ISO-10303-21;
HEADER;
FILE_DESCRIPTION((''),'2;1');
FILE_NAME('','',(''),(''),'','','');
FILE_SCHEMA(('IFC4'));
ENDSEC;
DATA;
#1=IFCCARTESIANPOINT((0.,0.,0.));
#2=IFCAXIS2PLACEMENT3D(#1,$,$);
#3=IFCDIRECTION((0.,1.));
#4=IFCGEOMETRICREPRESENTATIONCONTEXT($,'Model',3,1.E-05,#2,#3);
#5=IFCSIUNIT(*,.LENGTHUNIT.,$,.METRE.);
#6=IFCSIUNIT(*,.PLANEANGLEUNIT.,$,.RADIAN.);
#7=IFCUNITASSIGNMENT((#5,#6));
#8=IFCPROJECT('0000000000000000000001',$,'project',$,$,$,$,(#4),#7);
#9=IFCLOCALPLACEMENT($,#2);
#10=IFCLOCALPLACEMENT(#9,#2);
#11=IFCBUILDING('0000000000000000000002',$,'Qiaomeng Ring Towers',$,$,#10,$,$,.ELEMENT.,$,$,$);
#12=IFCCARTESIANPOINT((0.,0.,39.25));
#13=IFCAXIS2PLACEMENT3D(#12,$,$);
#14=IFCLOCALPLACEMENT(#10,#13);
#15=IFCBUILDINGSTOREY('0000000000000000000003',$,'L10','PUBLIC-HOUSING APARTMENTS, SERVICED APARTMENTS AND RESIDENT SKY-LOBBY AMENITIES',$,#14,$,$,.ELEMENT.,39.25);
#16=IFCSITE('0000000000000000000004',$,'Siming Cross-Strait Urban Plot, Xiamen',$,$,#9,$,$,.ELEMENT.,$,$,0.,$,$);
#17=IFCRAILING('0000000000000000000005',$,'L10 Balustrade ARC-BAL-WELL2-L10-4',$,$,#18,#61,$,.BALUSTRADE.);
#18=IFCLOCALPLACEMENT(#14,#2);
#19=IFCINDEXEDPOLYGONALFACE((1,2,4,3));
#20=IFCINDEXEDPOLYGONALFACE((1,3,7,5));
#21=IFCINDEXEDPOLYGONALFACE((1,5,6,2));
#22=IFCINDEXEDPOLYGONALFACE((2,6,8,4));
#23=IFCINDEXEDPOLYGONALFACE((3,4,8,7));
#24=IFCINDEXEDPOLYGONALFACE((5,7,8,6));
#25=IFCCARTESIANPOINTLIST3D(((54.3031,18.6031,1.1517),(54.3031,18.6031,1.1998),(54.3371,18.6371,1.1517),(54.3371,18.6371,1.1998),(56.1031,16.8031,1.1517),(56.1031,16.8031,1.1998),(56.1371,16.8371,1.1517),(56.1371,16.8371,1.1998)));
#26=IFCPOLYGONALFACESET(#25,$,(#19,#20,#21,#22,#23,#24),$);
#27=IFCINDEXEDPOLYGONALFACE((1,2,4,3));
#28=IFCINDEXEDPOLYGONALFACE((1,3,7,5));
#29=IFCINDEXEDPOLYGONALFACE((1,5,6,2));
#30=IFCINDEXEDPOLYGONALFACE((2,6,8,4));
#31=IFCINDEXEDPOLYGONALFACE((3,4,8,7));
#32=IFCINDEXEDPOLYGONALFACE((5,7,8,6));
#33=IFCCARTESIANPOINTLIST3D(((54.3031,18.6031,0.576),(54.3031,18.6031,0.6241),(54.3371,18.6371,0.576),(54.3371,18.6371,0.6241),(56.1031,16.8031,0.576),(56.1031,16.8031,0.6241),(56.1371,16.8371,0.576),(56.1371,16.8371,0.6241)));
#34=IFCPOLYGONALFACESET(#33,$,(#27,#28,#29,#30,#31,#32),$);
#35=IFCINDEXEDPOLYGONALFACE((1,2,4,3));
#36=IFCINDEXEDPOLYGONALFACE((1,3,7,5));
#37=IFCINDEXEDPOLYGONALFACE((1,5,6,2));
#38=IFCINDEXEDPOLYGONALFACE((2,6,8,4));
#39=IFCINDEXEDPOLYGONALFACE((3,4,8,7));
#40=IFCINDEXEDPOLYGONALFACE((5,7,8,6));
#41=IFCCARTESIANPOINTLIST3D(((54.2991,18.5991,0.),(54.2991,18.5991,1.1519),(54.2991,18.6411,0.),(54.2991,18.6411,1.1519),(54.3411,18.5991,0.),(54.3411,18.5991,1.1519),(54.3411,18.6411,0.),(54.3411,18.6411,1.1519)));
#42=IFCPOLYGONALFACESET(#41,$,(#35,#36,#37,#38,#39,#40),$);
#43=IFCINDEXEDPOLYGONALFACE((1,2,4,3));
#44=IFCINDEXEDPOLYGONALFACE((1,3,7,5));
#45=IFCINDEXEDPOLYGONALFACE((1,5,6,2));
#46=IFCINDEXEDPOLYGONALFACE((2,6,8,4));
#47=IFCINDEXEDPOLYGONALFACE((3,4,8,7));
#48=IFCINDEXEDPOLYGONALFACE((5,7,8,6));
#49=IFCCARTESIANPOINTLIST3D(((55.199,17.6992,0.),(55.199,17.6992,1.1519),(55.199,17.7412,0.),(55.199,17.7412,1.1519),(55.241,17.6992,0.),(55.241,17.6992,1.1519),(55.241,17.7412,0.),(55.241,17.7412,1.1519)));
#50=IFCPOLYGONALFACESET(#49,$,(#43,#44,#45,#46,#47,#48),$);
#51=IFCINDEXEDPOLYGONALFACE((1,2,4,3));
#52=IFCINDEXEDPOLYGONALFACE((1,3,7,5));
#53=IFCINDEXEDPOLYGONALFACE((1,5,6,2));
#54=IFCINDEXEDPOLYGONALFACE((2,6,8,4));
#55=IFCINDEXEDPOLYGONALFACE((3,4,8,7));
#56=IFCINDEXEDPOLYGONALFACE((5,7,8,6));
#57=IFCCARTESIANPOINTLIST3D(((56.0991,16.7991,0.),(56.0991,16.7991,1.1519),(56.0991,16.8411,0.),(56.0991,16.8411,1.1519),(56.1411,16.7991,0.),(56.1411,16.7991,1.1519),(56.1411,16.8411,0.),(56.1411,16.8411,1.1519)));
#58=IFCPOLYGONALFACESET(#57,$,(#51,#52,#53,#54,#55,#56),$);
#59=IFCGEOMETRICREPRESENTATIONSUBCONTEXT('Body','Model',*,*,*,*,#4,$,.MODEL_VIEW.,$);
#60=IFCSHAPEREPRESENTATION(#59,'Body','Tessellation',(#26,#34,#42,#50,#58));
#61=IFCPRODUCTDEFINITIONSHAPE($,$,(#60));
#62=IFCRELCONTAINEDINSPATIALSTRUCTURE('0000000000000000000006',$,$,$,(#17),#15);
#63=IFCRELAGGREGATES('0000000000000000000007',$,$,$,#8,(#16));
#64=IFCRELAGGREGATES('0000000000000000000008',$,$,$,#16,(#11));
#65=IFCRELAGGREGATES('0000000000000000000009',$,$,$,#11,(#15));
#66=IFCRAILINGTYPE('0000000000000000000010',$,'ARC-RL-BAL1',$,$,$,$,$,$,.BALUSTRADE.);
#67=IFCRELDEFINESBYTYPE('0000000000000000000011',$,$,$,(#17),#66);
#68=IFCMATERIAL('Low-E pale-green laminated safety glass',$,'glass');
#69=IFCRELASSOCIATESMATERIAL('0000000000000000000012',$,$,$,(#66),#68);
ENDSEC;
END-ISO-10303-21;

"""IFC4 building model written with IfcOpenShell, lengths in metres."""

from ifc_helpers import new_model, si_unit, direction, frame, origin, origin_2d, place, context, subcontext, project, spatial, rectangle, extrude, material, type_object, element, save


model = new_model("IFC4")

# Units and contexts
model_context = context("Model", 3, precision=1e-05, world=origin(), true_north=direction((0.0, 1.0)))
body_context = subcontext(model_context, "Body", "Model", "MODEL_VIEW")
ifc_project = project(units=[si_unit("LENGTHUNIT", "METRE"), si_unit("PLANEANGLEUNIT", "RADIAN")], contexts=[model_context])

# Site, building, storey
site_placement = place(None, origin())
site = spatial("IfcSite", under=ifc_project, at=site_placement, Name="Siming Cross-Strait Urban Plot, Xiamen", CompositionType="ELEMENT", RefElevation=0.0)
building_placement = place(site_placement, origin())
building = spatial("IfcBuilding", under=site, at=building_placement, Name="Qiaomeng Ring Towers", CompositionType="ELEMENT")
storey_placement = place(building_placement, frame((0.0, 0.0, 39.25)))
storey = spatial("IfcBuildingStorey", under=building, at=storey_placement, Name="L10", Description="PUBLIC-HOUSING APARTMENTS, SERVICED APARTMENTS AND RESIDENT SKY-LOBBY AMENITIES", CompositionType="ELEMENT", Elevation=39.25)

# Railing
ifc_material_1 = material(Name="Low-E pale-green laminated safety glass", Category="glass")
railing_type = type_object("IfcRailingType", Name="ARC-RL-BAL1", PredefinedType="BALUSTRADE", material=ifc_material_1)
railing_placement = place(storey_placement, frame((54.3201, 18.6201, 0.0)))
element("IfcRailing", 1, at=railing_placement, inside=storey, type_object=railing_type, Name="L10 Balustrade ARC-BAL-WELL2-L10-4", PredefinedType="BALUSTRADE", context=body_context, shape_type="SweptSolid", body=[
    extrude(rectangle(XDim=0.0481, YDim=0.0481, at=origin_2d()), frame((0.0, 0.0, 1.1758), z_axis=(0.707107, -0.707107, 0.0), x_axis=(0.707107, 0.707107, 0.0)), (0.0, 0.0, 1.0), 2.5457),
    extrude(rectangle(XDim=0.0481, YDim=0.0481, at=origin_2d()), frame((0.0, 0.0, 0.6001), z_axis=(0.707107, -0.707107, 0.0), x_axis=(0.707107, 0.707107, 0.0)), (0.0, 0.0, 1.0), 2.5457),
    extrude(rectangle(XDim=0.042, YDim=0.042, at=origin_2d()), origin(), (0.0, 0.0, 1.0), 1.1519),
    extrude(rectangle(XDim=0.042, YDim=0.042, at=origin_2d()), frame((0.8999, -0.8999, 0.0)), (0.0, 0.0, 1.0), 1.1519),
    extrude(rectangle(XDim=0.042, YDim=0.042, at=origin_2d()), frame((1.8, -1.8, 0.0)), (0.0, 0.0, 1.0), 1.1519),
])

save(model, "model.ifc")
